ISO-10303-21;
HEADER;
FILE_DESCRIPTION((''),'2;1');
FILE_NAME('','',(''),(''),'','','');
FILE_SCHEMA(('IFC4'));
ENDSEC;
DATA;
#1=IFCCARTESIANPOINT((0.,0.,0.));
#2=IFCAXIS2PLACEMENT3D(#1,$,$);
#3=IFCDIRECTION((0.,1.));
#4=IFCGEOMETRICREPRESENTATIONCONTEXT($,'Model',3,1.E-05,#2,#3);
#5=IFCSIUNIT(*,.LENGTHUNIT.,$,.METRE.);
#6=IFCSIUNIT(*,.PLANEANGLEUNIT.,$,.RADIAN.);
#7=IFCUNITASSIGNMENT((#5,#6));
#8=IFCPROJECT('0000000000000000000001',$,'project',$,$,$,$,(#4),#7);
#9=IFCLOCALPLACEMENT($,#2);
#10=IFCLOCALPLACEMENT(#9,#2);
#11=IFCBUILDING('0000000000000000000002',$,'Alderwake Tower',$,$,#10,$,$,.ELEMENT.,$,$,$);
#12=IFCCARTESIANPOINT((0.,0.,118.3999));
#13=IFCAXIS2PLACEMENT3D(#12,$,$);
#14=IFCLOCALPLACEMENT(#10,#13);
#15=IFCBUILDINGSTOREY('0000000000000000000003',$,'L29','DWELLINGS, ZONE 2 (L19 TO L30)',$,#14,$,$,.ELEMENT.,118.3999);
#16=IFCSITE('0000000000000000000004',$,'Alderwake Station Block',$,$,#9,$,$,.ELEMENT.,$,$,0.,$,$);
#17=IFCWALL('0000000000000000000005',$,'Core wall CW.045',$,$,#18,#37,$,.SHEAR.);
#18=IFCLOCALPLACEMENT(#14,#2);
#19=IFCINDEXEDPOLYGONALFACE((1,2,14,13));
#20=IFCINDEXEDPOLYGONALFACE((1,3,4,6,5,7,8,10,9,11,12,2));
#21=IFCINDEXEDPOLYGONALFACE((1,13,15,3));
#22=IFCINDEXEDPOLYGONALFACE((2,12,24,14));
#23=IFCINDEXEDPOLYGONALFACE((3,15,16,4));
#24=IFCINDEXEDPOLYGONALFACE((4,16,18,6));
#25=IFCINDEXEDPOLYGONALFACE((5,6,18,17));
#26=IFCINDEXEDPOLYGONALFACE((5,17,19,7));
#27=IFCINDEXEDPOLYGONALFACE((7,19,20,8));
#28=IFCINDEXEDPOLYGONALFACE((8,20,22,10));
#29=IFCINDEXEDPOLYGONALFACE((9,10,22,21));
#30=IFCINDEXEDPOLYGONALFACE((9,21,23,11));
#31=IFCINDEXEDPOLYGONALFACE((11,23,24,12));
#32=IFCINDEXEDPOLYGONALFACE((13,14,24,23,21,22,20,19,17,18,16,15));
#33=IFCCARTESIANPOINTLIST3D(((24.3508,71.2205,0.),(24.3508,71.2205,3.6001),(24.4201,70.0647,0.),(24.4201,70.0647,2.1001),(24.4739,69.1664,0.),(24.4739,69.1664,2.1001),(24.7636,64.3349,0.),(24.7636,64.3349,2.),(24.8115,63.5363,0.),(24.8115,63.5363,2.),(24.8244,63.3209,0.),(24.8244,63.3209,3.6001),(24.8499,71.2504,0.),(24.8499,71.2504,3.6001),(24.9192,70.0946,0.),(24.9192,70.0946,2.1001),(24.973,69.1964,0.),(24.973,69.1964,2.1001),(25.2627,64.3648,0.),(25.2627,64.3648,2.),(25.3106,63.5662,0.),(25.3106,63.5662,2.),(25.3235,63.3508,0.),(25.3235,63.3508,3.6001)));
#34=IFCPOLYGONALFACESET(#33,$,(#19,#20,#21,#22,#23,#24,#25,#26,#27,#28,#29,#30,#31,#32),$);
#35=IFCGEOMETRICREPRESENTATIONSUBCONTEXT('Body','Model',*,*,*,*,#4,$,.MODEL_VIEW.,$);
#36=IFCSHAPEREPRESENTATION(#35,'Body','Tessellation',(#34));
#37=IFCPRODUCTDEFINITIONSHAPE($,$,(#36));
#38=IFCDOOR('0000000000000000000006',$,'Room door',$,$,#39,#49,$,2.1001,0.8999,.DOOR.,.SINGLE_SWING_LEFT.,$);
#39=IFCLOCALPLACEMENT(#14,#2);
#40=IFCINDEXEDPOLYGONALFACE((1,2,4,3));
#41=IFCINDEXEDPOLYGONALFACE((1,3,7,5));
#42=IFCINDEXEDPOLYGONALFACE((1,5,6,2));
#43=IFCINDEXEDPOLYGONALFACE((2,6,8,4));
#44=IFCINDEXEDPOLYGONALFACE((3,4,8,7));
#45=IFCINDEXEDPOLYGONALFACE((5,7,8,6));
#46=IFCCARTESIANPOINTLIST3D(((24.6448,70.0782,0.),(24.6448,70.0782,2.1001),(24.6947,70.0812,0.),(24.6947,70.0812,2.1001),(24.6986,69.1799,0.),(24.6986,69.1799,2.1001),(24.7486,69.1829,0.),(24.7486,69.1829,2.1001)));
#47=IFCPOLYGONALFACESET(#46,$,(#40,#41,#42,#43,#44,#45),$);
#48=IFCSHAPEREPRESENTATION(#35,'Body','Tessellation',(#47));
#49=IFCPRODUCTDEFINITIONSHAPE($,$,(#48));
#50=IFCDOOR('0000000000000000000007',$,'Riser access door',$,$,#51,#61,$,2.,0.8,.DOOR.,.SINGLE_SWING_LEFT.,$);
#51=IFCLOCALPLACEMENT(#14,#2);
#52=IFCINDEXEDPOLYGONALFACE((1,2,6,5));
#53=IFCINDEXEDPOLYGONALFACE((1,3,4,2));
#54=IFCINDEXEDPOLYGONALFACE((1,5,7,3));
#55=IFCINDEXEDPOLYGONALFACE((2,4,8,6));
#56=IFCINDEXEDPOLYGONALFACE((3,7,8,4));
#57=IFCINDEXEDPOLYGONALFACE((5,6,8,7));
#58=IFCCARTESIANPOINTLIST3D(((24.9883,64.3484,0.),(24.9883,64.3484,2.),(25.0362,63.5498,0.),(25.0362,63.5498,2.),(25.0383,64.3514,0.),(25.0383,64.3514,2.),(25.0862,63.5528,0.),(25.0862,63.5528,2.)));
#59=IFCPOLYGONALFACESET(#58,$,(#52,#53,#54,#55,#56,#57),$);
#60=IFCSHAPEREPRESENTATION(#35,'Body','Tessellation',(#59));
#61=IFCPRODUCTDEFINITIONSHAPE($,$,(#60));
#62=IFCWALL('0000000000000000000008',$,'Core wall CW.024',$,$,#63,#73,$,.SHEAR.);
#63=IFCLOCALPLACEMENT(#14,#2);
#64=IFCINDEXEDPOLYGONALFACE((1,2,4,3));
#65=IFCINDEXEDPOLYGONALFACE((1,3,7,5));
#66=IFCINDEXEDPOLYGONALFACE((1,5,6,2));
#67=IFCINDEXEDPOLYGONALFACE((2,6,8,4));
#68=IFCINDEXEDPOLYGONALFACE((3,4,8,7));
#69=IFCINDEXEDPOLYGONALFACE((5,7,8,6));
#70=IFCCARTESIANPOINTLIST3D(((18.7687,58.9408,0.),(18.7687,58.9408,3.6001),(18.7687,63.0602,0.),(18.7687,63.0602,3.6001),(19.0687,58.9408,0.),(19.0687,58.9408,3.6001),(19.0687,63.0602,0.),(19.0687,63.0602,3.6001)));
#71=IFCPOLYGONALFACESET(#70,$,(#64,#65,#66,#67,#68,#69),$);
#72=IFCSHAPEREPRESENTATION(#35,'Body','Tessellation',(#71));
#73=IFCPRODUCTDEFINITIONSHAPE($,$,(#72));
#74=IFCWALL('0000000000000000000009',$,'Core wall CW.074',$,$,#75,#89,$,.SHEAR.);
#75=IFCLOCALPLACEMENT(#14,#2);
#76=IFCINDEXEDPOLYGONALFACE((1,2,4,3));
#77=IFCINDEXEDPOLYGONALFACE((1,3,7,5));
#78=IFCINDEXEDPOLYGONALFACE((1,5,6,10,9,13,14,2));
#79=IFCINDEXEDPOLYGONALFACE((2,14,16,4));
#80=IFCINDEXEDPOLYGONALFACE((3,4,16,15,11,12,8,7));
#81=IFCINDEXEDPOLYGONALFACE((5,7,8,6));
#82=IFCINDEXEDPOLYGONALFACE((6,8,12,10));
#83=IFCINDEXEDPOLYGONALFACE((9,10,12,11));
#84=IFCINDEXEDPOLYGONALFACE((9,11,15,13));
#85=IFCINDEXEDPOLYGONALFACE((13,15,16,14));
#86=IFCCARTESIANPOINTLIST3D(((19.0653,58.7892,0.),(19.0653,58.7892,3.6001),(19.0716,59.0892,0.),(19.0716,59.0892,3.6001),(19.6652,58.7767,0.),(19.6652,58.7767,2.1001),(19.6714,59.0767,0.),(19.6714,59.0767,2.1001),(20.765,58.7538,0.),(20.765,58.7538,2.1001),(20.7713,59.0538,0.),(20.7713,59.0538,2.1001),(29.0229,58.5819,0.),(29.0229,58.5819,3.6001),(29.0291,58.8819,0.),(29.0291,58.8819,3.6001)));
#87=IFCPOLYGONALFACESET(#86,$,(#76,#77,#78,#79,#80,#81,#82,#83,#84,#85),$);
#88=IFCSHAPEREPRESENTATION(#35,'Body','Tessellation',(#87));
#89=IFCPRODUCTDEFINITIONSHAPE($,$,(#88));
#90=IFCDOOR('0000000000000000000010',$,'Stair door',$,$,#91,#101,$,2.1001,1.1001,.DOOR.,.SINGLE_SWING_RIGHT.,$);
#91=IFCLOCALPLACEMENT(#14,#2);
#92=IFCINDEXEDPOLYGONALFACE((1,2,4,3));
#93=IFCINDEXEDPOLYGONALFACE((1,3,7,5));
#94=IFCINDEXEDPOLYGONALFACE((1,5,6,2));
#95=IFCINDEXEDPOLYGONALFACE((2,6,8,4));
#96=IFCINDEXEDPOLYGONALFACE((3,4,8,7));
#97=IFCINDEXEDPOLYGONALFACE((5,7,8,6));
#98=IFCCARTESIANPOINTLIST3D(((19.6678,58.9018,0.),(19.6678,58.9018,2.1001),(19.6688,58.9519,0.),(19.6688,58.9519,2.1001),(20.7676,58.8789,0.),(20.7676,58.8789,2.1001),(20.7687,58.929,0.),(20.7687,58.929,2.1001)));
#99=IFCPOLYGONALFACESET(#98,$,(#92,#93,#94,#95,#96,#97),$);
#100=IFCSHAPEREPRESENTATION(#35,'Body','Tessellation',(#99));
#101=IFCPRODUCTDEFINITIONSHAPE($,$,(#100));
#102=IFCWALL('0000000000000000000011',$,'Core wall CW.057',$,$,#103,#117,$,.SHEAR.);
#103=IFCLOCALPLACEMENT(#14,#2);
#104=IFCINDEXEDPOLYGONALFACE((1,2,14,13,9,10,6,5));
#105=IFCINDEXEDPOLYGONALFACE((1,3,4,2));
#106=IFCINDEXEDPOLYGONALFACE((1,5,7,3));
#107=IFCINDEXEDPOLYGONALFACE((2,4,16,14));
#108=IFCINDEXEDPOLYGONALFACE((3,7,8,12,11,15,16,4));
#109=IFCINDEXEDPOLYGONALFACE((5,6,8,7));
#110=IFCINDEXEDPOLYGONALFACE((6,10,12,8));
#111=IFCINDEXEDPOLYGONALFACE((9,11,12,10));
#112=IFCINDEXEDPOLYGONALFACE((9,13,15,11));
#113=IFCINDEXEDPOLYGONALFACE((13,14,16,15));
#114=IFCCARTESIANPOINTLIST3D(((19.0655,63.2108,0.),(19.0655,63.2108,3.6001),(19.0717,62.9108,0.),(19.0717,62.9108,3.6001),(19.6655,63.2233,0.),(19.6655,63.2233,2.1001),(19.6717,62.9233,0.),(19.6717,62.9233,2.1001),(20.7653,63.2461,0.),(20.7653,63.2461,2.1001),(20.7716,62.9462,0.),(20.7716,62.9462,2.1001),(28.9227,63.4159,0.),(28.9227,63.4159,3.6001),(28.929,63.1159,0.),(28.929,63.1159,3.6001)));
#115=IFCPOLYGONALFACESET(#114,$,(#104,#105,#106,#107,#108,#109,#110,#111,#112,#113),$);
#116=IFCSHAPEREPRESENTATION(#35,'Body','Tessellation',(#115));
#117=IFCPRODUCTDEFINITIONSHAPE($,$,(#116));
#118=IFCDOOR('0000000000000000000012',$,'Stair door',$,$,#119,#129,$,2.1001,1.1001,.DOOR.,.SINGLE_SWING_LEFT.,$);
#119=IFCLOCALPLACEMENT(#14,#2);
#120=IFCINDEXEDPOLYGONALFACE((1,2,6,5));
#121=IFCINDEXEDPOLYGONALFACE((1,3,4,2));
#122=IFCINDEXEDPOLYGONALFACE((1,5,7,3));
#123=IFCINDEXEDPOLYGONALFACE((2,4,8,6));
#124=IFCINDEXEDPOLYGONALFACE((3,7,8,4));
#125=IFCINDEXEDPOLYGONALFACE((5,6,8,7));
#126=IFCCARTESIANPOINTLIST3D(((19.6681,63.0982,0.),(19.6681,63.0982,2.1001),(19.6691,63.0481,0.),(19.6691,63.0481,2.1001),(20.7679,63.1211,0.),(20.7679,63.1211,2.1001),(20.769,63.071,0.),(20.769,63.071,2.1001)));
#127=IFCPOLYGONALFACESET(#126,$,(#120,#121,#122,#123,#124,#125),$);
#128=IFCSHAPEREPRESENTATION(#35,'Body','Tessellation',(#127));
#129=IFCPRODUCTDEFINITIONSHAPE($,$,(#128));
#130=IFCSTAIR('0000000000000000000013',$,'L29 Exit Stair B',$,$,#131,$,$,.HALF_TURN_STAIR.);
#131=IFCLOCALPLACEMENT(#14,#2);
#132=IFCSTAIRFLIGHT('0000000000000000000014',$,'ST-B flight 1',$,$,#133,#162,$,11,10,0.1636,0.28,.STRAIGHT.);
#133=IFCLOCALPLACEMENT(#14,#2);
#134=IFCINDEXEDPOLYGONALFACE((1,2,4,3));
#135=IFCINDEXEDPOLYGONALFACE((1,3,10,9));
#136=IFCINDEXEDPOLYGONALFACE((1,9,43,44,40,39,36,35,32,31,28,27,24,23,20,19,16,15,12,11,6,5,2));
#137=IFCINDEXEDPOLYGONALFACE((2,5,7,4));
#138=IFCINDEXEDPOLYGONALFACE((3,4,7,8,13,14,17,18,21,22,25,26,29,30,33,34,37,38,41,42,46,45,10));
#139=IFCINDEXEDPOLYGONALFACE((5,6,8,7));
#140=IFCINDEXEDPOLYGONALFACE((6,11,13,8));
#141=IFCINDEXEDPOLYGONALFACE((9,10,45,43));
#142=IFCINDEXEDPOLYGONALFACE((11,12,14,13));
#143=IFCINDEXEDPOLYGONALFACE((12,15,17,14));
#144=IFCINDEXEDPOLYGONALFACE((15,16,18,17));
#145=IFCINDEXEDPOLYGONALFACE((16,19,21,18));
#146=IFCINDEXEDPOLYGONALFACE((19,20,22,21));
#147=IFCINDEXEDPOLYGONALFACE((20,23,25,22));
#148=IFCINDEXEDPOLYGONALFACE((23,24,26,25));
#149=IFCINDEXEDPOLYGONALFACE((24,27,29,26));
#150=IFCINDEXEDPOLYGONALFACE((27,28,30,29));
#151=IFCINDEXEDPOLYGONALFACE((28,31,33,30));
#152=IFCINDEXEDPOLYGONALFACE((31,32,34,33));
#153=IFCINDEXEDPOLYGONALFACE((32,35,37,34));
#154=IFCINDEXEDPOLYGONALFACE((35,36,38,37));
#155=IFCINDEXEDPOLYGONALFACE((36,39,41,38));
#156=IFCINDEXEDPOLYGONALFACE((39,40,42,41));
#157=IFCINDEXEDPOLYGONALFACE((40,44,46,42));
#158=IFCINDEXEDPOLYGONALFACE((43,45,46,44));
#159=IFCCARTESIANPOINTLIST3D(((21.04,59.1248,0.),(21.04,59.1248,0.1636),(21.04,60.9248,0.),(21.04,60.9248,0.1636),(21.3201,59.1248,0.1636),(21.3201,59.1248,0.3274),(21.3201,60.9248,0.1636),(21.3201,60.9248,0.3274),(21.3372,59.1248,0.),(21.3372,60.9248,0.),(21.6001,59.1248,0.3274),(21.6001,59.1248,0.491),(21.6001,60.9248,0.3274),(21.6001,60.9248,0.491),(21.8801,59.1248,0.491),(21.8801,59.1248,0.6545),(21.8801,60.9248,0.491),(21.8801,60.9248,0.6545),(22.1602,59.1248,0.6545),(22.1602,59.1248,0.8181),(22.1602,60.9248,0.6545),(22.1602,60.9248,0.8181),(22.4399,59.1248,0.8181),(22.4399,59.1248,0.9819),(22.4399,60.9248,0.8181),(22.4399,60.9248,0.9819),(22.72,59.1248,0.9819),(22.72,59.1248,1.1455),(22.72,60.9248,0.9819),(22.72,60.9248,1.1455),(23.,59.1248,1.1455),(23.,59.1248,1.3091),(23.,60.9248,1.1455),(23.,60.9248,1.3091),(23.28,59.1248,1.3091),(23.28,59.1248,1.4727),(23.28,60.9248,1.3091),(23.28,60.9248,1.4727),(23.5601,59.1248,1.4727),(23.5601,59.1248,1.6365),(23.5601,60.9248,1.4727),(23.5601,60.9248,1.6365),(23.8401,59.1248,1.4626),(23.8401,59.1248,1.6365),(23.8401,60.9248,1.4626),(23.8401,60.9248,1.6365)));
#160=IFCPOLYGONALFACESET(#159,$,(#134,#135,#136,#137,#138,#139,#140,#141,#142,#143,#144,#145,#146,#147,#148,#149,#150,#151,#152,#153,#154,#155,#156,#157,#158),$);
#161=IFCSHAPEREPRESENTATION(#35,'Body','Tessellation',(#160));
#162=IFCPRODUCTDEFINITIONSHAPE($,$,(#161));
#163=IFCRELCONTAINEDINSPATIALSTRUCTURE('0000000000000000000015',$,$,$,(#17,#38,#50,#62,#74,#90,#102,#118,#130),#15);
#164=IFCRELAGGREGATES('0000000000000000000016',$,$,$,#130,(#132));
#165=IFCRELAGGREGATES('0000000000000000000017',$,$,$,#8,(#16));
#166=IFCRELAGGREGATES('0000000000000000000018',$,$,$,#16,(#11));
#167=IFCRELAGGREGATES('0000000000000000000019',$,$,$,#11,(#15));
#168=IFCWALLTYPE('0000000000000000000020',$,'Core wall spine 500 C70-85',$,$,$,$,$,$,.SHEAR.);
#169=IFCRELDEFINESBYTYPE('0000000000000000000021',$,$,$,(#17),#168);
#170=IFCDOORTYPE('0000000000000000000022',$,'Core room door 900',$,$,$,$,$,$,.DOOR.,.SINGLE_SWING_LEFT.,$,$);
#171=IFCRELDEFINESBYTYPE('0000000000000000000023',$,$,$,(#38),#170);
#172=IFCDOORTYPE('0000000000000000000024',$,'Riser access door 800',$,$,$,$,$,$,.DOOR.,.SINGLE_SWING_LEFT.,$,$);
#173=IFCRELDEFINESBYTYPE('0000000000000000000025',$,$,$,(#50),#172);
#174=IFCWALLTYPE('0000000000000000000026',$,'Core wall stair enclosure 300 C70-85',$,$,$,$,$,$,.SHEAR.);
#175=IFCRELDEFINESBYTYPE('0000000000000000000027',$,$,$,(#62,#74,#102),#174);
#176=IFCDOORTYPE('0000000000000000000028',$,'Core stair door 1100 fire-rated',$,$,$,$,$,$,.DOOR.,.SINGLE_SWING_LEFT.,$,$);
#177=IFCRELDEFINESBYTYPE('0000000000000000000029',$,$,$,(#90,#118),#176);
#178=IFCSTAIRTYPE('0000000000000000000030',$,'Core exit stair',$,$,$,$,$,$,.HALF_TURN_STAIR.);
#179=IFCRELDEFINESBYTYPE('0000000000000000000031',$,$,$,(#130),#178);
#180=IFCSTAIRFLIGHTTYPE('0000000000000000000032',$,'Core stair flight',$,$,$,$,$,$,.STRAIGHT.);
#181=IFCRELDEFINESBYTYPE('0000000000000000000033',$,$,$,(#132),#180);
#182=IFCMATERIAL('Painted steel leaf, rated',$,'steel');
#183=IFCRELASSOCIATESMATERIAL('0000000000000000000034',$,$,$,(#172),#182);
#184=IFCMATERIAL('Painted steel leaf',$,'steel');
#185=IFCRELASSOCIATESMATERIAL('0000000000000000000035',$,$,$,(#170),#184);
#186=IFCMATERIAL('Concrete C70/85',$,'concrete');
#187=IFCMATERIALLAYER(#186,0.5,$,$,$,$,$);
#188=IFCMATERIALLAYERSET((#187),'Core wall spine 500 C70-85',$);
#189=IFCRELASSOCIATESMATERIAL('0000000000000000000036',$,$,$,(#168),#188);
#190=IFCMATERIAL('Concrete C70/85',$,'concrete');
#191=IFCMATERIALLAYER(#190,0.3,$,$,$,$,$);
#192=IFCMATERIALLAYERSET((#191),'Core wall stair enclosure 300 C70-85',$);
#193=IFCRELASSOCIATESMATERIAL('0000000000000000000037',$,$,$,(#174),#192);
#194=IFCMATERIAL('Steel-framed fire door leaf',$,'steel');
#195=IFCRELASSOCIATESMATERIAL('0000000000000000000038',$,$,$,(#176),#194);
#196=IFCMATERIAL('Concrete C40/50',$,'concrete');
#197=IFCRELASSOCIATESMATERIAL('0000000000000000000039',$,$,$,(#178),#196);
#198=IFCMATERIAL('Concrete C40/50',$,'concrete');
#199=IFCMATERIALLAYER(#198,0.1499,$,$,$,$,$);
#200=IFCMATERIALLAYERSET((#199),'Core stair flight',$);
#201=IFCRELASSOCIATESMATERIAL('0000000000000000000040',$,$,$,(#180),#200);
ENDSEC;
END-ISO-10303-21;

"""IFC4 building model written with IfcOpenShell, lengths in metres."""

from ifc_helpers import new_model, si_unit, direction, frame, frame_2d, origin, place, context, subcontext, project, spatial, polyline, rectangle, outline, extrude, material, layer, layer_set, type_object, element, fill, aggregate, save


model = new_model("IFC4")

# Units and contexts
model_context = context("Model", 3, precision=1e-05, world=origin(), true_north=direction((0.0, 1.0)))
body_context = subcontext(model_context, "Body", "Model", "MODEL_VIEW")
ifc_project = project(units=[si_unit("LENGTHUNIT", "METRE"), si_unit("PLANEANGLEUNIT", "RADIAN")], contexts=[model_context])

# Site, building, storey
site_placement = place(None, origin())
site = spatial("IfcSite", under=ifc_project, at=site_placement, Name="Alderwake Station Block", CompositionType="ELEMENT", RefElevation=0.0)
building_placement = place(site_placement, origin())
building = spatial("IfcBuilding", under=site, at=building_placement, Name="Alderwake Tower", CompositionType="ELEMENT")
storey_placement = place(building_placement, frame((0.0, 0.0, 118.3999)))
storey = spatial("IfcBuildingStorey", under=building, at=storey_placement, Name="L29", Description="DWELLINGS, ZONE 2 (L19 TO L30)", CompositionType="ELEMENT", Elevation=118.3999)

# Shared definitions
ifc_material_1 = material(Name="Painted steel leaf, rated", Category="steel")
door_type_1 = type_object("IfcDoorType", Name="Riser access door 800", OperationType="SINGLE_SWING_LEFT", PredefinedType="DOOR", material=ifc_material_1)

# Shared definitions
ifc_material_2 = material(Name="Painted steel leaf", Category="steel")
door_type_2 = type_object("IfcDoorType", Name="Core room door 900", OperationType="SINGLE_SWING_LEFT", PredefinedType="DOOR", material=ifc_material_2)

# Shared definitions
ifc_material_3 = material(Name="Concrete C70/85", Category="concrete")
ifc_layer_1 = layer(ifc_material_3, 0.5)
ifc_layer_set_1 = layer_set([ifc_layer_1], Name="Core wall spine 500 C70-85")
wall_type_1 = type_object("IfcWallType", Name="Core wall spine 500 C70-85", PredefinedType="SHEAR", material=ifc_layer_set_1)

# Wall, openings, doors
wall_1_placement = place(storey_placement, frame((25.074, 63.3357, 0.0), z_axis=(0.0, 0.0, 1.0), x_axis=(-0.059849, 0.998207, 0.0)))
wall_1 = element("IfcWall", 1, at=wall_1_placement, inside=storey, type_object=wall_type_1, Name="Core wall CW.045", PredefinedType="SHEAR", context=body_context, shape_type="SweptSolid", body=[
    extrude(rectangle(XDim=7.9138, YDim=0.5, at=frame_2d((3.957, 0.0))), origin(), (0.0, 0.0, 1.0), 3.6001),
])
opening_1_placement = place(wall_1_placement, frame((0.2161, 0.0, 0.0)))
opening_1 = element("IfcOpeningElement", 2, at=opening_1_placement, cuts=wall_1, PredefinedType="OPENING", context=body_context, shape_type="SweptSolid", body=[
    extrude(rectangle(XDim=0.8, YDim=2.0, at=frame_2d((0.3999, 1.0))), frame((0.0, 0.26, 0.0), z_axis=(0.0, -1.0, 0.0), x_axis=(1.0, 0.0, 0.0)), (0.0, 0.0, 1.0), 0.52),
])
opening_2_placement = place(wall_1_placement, frame((5.8562, 0.0, 0.0)))
opening_2 = element("IfcOpeningElement", 3, at=opening_2_placement, cuts=wall_1, PredefinedType="OPENING", context=body_context, shape_type="SweptSolid", body=[
    extrude(rectangle(XDim=0.8999, YDim=2.1001, at=frame_2d((0.45, 1.05))), frame((0.0, 0.26, 0.0), z_axis=(0.0, -1.0, 0.0), x_axis=(1.0, 0.0, 0.0)), (0.0, 0.0, 1.0), 0.52),
])
door_1_placement = place(opening_2_placement, origin())
door_1 = element("IfcDoor", 4, at=door_1_placement, inside=storey, type_object=door_type_2, Name="Room door", OperationType="SINGLE_SWING_LEFT", OverallHeight=2.1001, OverallWidth=0.8999, PredefinedType="DOOR", context=body_context, shape_type="SweptSolid", body=[
    extrude(rectangle(XDim=0.8999, YDim=2.1001, at=frame_2d((0.45, 1.05))), frame((0.0, 0.0249, 0.0), z_axis=(0.0, -1.0, 0.0), x_axis=(1.0, 0.0, 0.0)), (0.0, 0.0, 1.0), 0.05),
])
fill(opening_2, door_1)
door_2_placement = place(opening_1_placement, origin())
door_2 = element("IfcDoor", 5, at=door_2_placement, inside=storey, type_object=door_type_1, Name="Riser access door", OperationType="SINGLE_SWING_LEFT", OverallHeight=2.0, OverallWidth=0.8, PredefinedType="DOOR", context=body_context, shape_type="SweptSolid", body=[
    extrude(rectangle(XDim=0.8, YDim=2.0, at=frame_2d((0.3999, 1.0))), frame((0.0, 0.0249, 0.0), z_axis=(0.0, -1.0, 0.0), x_axis=(1.0, 0.0, 0.0)), (0.0, 0.0, 1.0), 0.05),
])
fill(opening_1, door_2)

# Wall
ifc_material_4 = material(Name="Concrete C70/85", Category="concrete")
ifc_layer_2 = layer(ifc_material_4, 0.3)
ifc_layer_set_2 = layer_set([ifc_layer_2], Name="Core wall stair enclosure 300 C70-85")
wall_type_2 = type_object("IfcWallType", Name="Core wall stair enclosure 300 C70-85", PredefinedType="SHEAR", material=ifc_layer_set_2)
wall_2_placement = place(storey_placement, frame((18.9187, 58.9409, 0.0), z_axis=(0.0, 0.0, 1.0), x_axis=(0.0, 1.0, 0.0)))
element("IfcWall", 6, at=wall_2_placement, inside=storey, type_object=wall_type_2, Name="Core wall CW.024", PredefinedType="SHEAR", context=body_context, shape_type="SweptSolid", body=[
    extrude(rectangle(XDim=4.1194, YDim=0.3, at=frame_2d((2.0596, 0.0))), origin(), (0.0, 0.0, 1.0), 3.6001),
])

# Walls, openings, doors
wall_3_placement = place(storey_placement, frame((29.0261, 58.7319, 0.0), z_axis=(0.0, 0.0, 1.0), x_axis=(-0.999783, 0.020811, 0.0)))
wall_3 = element("IfcWall", 7, at=wall_3_placement, inside=storey, type_object=wall_type_2, Name="Core wall CW.074", PredefinedType="SHEAR", context=body_context, shape_type="SweptSolid", body=[
    extrude(rectangle(XDim=9.9597, YDim=0.3, at=frame_2d((4.98, 0.0))), origin(), (0.0, 0.0, 1.0), 3.6001),
])
opening_3_placement = place(wall_3_placement, frame((8.2598, 0.0, 0.0)))
opening_3 = element("IfcOpeningElement", 8, at=opening_3_placement, cuts=wall_3, PredefinedType="OPENING", context=body_context, shape_type="SweptSolid", body=[
    extrude(rectangle(XDim=1.1001, YDim=2.1001, at=frame_2d((0.55, 1.05))), frame((0.0, 0.1599, 0.0), z_axis=(0.0, -1.0, 0.0), x_axis=(1.0, 0.0, 0.0)), (0.0, 0.0, 1.0), 0.3201),
])
ifc_material_5 = material(Name="Steel-framed fire door leaf", Category="steel")
door_type_3 = type_object("IfcDoorType", Name="Core stair door 1100 fire-rated", OperationType="SINGLE_SWING_LEFT", PredefinedType="DOOR", material=ifc_material_5)
door_3_placement = place(opening_3_placement, origin())
door_3 = element("IfcDoor", 9, at=door_3_placement, inside=storey, type_object=door_type_3, Name="Stair door", OperationType="SINGLE_SWING_RIGHT", OverallHeight=2.1001, OverallWidth=1.1001, PredefinedType="DOOR", context=body_context, shape_type="SweptSolid", body=[
    extrude(rectangle(XDim=1.1001, YDim=2.1001, at=frame_2d((0.55, 1.05))), frame((0.0, 0.0249, 0.0), z_axis=(0.0, -1.0, 0.0), x_axis=(1.0, 0.0, 0.0)), (0.0, 0.0, 1.0), 0.05),
])
fill(opening_3, door_3)
wall_4_placement = place(storey_placement, frame((19.0686, 63.0608, 0.0), z_axis=(0.0, 0.0, 1.0), x_axis=(0.999784, 0.0208, 0.0)))
wall_4 = element("IfcWall", 10, at=wall_4_placement, inside=storey, type_object=wall_type_2, Name="Core wall CW.057", PredefinedType="SHEAR", context=body_context, shape_type="SweptSolid", body=[
    extrude(rectangle(XDim=9.8594, YDim=0.3, at=frame_2d((4.9297, 0.0))), origin(), (0.0, 0.0, 1.0), 3.6001),
])
opening_4_placement = place(wall_4_placement, frame((0.6001, 0.0, 0.0)))
opening_4 = element("IfcOpeningElement", 11, at=opening_4_placement, cuts=wall_4, PredefinedType="OPENING", context=body_context, shape_type="SweptSolid", body=[
    extrude(rectangle(XDim=1.1001, YDim=2.1001, at=frame_2d((0.55, 1.05))), frame((0.0, 0.1599, 0.0), z_axis=(0.0, -1.0, 0.0), x_axis=(1.0, 0.0, 0.0)), (0.0, 0.0, 1.0), 0.3201),
])
door_4_placement = place(opening_4_placement, origin())
door_4 = element("IfcDoor", 12, at=door_4_placement, inside=storey, type_object=door_type_3, Name="Stair door", OperationType="SINGLE_SWING_LEFT", OverallHeight=2.1001, OverallWidth=1.1001, PredefinedType="DOOR", context=body_context, shape_type="SweptSolid", body=[
    extrude(rectangle(XDim=1.1001, YDim=2.1001, at=frame_2d((0.55, 1.05))), frame((0.0, 0.0249, 0.0), z_axis=(0.0, -1.0, 0.0), x_axis=(1.0, 0.0, 0.0)), (0.0, 0.0, 1.0), 0.05),
])
fill(opening_4, door_4)

# Stair, stair flight
ifc_material_6 = material(Name="Concrete C40/50", Category="concrete")
stair_type = type_object("IfcStairType", Name="Core exit stair", PredefinedType="HALF_TURN_STAIR", material=ifc_material_6)
stair_placement = place(storey_placement, origin())
stair = element("IfcStair", 13, at=stair_placement, inside=storey, type_object=stair_type, Name="L29 Exit Stair B", PredefinedType="HALF_TURN_STAIR")
ifc_material_7 = material(Name="Concrete C40/50", Category="concrete")
ifc_layer_3 = layer(ifc_material_7, 0.1499)
ifc_layer_set_3 = layer_set([ifc_layer_3], Name="Core stair flight")
stair_flight_type = type_object("IfcStairFlightType", Name="Core stair flight", PredefinedType="STRAIGHT", material=ifc_layer_set_3)
stair_flight_1_placement = place(storey_placement, frame((21.04, 60.0249, 0.0), z_axis=(0.0, 0.0, 1.0), x_axis=(1.0, 0.0, 0.0)))
stair_flight_1 = element("IfcStairFlight", 14, at=stair_flight_1_placement, type_object=stair_flight_type, Name="ST-B flight 1", NumberOfRisers=11, NumberOfTreads=10, PredefinedType="STRAIGHT", RiserHeight=0.1636, TreadLength=0.28, context=body_context, shape_type="SweptSolid", body=[
    extrude(outline(polyline([(0.0, 0.0), (0.0, 0.1636), (0.28, 0.1636), (0.28, 0.3274), (0.5601, 0.3274), (0.5601, 0.491), (0.8401, 0.491), (0.8401, 0.6545), (1.1201, 0.6545), (1.1201, 0.8181), (1.3999, 0.8181), (1.3999, 0.9819), (1.6799, 0.9819), (1.6799, 1.1455), (1.96, 1.1455), (1.96, 1.3091), (2.24, 1.3091), (2.24, 1.4727), (2.52, 1.4727), (2.52, 1.6365), (2.8, 1.6365), (2.8, 1.8), (2.8, 1.4626), (0.2971, 0.0), (0.0, 0.0)])), frame((0.0, 0.8999, 0.0), z_axis=(0.0, -1.0, 0.0), x_axis=(1.0, 0.0, 0.0)), (0.0, 0.0, 1.0), 1.8),
])
aggregate(stair, [stair_flight_1])

save(model, "model.ifc")
